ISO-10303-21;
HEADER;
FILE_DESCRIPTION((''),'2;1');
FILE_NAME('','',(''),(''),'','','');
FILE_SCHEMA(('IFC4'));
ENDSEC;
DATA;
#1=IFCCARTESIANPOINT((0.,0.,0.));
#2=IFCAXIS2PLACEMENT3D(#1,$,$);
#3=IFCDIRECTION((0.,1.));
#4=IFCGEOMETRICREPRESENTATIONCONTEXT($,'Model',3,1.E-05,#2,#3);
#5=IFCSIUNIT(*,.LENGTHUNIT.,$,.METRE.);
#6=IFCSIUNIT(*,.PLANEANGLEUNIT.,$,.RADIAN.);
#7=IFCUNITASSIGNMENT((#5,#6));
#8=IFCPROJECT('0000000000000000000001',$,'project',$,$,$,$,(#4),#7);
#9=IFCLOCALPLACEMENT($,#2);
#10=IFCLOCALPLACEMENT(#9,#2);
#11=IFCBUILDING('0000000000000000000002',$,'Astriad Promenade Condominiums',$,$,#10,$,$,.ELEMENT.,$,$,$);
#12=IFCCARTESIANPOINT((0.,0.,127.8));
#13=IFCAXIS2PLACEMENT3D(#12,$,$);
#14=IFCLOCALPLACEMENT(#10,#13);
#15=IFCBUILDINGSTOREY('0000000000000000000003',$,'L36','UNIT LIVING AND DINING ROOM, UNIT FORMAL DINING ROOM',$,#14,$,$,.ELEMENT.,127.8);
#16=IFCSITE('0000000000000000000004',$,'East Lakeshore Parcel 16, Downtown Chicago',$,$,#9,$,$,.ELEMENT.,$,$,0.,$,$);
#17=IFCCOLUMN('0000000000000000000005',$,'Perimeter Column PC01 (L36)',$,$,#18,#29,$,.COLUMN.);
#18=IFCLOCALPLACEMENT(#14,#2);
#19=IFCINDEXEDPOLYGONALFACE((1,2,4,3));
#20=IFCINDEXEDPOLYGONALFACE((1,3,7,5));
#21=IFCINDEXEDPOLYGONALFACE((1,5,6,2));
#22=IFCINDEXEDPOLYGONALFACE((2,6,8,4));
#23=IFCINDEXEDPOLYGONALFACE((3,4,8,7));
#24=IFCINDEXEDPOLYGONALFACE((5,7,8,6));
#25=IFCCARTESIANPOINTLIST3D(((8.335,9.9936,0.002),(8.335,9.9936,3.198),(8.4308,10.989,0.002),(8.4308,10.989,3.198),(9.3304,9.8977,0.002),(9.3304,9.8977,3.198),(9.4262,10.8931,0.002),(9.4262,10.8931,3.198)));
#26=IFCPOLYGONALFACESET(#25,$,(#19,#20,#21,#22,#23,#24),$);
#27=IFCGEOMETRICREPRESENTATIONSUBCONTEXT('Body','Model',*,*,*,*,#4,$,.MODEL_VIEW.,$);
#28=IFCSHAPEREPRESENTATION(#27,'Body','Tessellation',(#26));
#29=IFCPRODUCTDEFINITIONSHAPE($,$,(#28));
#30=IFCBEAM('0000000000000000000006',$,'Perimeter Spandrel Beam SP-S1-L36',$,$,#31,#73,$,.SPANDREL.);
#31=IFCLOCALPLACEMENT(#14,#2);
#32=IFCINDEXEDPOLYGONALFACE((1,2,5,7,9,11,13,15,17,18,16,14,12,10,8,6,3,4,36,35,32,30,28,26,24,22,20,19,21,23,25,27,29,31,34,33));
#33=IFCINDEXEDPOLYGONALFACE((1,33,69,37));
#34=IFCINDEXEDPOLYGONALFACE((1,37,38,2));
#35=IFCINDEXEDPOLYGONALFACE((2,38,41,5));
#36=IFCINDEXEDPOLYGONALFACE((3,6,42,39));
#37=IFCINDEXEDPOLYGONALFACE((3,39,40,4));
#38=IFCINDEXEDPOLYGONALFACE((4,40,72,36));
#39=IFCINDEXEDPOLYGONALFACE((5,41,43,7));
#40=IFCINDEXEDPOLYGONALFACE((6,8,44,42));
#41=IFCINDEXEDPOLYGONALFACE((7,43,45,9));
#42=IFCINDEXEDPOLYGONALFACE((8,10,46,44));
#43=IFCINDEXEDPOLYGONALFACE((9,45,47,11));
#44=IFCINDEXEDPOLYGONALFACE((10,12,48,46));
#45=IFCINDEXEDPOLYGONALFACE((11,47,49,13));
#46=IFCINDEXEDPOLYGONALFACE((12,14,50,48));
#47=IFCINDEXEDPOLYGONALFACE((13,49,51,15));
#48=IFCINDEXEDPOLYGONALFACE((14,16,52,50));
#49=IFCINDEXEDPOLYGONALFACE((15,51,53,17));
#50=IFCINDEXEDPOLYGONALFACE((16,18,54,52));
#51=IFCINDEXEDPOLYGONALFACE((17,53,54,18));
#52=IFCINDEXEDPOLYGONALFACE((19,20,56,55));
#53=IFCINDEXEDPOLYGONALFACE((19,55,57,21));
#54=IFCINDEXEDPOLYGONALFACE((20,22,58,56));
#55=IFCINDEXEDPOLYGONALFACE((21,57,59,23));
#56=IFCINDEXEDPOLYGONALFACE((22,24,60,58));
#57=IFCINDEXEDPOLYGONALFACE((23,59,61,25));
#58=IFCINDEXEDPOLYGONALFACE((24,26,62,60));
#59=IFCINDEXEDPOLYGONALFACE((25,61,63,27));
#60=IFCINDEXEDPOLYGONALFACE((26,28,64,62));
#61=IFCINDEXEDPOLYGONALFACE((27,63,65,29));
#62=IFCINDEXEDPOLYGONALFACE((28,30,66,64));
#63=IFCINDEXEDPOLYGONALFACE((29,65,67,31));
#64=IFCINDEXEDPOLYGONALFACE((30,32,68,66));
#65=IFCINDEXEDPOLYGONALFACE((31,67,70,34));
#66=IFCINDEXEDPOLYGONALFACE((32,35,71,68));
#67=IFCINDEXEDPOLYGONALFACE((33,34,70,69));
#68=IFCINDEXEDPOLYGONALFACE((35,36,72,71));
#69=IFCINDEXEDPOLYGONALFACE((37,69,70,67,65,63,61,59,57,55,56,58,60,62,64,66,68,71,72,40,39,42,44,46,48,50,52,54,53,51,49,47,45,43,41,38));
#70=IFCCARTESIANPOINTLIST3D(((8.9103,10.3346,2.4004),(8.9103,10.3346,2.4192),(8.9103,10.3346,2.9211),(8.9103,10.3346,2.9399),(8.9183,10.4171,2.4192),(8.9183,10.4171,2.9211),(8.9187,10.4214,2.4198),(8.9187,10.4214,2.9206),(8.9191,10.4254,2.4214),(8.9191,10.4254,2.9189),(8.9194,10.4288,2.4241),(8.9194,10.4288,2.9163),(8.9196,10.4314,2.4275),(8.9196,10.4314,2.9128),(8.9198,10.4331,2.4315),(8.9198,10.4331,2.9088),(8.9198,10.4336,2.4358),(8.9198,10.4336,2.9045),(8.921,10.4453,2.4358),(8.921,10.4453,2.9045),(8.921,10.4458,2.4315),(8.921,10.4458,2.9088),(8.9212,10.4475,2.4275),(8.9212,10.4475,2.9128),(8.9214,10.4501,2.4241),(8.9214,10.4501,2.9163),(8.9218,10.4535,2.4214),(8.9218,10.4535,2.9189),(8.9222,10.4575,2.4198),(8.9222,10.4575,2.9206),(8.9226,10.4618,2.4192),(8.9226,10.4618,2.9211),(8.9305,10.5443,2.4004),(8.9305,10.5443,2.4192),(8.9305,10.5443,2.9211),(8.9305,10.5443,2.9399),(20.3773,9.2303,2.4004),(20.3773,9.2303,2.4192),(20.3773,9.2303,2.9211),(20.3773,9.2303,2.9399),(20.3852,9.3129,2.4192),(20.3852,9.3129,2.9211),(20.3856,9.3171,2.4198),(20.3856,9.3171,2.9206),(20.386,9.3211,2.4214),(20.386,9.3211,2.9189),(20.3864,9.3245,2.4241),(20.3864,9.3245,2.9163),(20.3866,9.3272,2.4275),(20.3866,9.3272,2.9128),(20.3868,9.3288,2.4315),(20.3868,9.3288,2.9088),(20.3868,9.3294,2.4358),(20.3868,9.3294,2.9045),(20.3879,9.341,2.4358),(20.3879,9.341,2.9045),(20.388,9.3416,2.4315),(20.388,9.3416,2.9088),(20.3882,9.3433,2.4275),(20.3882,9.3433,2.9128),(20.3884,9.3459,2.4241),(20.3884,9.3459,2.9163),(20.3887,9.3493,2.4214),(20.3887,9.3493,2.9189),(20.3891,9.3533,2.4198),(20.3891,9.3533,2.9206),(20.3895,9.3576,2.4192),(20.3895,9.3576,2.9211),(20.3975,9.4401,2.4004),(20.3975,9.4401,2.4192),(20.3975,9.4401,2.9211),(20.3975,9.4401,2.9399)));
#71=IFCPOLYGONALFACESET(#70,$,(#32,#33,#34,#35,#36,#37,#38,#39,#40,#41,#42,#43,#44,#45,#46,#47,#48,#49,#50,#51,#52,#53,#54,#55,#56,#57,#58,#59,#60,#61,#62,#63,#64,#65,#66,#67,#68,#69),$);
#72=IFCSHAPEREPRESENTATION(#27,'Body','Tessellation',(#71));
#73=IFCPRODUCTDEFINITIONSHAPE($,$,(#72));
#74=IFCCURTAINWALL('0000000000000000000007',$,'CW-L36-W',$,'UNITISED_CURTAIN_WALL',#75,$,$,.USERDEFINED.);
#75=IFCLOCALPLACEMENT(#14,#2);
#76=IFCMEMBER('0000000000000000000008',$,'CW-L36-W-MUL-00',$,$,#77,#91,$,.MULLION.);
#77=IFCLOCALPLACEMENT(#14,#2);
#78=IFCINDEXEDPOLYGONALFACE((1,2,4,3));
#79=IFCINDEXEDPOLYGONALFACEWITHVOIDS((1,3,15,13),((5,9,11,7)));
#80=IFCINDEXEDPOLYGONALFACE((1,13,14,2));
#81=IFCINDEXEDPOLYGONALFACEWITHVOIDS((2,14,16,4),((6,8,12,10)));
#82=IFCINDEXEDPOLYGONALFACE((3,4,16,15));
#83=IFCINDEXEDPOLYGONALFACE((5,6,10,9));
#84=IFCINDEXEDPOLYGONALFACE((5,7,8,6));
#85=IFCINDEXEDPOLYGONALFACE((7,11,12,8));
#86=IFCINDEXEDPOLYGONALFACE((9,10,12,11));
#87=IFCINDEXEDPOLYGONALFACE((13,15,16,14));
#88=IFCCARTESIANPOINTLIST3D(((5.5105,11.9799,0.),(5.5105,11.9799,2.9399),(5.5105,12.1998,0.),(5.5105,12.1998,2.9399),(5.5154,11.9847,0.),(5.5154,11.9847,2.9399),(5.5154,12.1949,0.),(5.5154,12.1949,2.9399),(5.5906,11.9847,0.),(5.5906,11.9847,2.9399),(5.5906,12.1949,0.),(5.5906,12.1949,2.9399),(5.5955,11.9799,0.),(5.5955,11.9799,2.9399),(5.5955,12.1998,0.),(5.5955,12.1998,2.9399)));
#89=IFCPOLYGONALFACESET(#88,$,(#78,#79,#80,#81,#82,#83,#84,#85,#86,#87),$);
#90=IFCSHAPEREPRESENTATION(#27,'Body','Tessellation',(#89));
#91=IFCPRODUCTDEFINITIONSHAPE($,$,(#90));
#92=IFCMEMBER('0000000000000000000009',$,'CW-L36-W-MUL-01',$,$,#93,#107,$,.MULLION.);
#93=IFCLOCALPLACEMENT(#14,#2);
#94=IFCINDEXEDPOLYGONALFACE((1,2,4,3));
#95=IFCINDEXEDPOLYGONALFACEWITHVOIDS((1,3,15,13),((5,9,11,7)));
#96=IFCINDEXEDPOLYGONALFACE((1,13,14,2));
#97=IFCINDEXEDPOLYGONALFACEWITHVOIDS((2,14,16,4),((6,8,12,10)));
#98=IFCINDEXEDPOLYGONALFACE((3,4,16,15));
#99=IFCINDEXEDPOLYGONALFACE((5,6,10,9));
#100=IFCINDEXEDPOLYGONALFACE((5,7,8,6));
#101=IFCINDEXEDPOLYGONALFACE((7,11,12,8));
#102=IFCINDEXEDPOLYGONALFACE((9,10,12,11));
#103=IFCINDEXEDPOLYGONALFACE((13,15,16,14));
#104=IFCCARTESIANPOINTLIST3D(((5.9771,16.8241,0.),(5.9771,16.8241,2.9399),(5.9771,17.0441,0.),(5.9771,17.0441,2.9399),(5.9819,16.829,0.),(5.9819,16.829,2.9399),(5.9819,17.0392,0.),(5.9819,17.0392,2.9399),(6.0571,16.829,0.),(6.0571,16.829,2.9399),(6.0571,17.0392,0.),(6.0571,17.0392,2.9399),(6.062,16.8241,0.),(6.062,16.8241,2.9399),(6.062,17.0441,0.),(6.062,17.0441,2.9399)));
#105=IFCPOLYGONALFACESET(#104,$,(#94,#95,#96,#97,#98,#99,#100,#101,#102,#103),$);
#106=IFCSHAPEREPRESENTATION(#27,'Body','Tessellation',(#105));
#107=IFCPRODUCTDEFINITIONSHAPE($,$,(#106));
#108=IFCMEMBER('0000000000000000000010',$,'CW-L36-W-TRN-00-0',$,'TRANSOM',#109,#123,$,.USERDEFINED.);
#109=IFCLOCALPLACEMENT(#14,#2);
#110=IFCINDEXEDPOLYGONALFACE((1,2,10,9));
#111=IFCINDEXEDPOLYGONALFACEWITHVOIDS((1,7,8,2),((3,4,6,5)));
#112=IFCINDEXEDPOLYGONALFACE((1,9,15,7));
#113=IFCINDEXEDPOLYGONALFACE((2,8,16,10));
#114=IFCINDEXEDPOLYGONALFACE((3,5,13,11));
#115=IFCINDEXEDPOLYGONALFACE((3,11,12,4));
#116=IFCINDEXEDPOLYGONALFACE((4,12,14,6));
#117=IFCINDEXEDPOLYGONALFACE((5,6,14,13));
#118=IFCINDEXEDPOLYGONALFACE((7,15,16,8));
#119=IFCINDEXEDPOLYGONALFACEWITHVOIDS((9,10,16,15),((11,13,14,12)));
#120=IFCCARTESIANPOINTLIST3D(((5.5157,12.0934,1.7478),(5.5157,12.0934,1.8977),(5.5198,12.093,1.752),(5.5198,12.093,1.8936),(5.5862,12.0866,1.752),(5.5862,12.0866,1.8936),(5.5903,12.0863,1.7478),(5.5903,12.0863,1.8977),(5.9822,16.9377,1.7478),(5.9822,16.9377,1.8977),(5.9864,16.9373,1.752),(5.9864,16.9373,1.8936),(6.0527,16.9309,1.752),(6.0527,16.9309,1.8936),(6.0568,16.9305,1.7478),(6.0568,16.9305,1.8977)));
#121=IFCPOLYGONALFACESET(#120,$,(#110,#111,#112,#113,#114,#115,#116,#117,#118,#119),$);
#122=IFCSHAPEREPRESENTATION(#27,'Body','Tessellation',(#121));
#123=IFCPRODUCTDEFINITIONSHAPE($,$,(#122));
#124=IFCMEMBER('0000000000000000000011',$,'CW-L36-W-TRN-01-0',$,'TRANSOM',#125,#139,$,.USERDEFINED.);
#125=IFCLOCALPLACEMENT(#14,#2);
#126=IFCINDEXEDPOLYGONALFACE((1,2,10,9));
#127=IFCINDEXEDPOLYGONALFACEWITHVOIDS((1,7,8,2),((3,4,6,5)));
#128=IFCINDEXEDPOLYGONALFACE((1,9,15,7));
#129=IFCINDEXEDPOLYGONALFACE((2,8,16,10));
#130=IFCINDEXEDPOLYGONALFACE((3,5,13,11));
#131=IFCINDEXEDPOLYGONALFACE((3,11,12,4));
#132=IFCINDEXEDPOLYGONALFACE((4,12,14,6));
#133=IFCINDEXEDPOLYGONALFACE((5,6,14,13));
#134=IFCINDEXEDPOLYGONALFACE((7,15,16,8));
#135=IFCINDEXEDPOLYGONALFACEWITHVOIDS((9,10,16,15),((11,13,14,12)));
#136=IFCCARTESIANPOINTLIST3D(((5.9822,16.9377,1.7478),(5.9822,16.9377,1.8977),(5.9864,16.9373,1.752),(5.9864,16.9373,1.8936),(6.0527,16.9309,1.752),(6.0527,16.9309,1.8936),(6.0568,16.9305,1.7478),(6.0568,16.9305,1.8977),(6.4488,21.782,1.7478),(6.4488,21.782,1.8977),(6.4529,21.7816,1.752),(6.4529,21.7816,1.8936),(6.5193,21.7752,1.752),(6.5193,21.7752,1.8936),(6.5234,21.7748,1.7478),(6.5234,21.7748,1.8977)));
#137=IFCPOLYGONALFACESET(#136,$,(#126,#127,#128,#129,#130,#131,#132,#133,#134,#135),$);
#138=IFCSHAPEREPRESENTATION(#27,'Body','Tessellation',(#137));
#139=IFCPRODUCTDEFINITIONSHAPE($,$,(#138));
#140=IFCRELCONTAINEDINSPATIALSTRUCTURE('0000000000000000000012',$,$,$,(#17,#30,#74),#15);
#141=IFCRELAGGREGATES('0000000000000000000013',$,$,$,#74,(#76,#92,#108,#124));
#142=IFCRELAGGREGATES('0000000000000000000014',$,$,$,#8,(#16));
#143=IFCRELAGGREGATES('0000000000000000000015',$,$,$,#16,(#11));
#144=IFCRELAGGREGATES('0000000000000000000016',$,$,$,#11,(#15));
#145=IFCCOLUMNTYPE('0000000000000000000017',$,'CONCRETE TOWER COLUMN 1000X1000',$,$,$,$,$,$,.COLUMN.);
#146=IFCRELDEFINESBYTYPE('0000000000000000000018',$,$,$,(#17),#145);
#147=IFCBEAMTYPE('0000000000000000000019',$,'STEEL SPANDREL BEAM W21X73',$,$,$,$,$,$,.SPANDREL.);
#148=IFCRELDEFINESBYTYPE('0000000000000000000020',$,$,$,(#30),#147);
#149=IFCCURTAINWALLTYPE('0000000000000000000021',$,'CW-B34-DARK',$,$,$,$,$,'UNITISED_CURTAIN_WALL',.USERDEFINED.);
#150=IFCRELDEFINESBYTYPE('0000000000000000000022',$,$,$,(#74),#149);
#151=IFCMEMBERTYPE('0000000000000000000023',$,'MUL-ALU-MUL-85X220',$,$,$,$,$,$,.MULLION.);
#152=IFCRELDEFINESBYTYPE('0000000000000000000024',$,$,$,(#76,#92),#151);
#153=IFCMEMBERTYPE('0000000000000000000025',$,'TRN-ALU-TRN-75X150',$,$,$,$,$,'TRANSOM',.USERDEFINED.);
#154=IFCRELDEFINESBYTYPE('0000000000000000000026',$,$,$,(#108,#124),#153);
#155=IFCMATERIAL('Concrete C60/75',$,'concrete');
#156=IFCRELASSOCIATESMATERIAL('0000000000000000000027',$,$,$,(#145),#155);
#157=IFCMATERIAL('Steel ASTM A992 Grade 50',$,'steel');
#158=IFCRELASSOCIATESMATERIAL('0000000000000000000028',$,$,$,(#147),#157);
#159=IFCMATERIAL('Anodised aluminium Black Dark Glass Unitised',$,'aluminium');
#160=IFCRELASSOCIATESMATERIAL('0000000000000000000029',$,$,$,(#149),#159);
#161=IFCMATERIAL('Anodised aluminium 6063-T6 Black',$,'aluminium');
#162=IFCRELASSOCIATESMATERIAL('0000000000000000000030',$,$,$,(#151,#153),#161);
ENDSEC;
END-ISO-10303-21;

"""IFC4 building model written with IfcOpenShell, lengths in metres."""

from ifc_helpers import new_model, si_unit, direction, frame, origin, origin_2d, place, context, subcontext, project, spatial, rectangle, hollow_rectangle, i_section, extrude, source, transform, mapped, material, material_profile, profile_set, type_object, type_shapes, element, aggregate, save


model = new_model("IFC4")

# Units and contexts
model_context = context("Model", 3, precision=1e-05, world=origin(), true_north=direction((0.0, 1.0)))
body_context = subcontext(model_context, "Body", "Model", "MODEL_VIEW")
ifc_project = project(units=[si_unit("LENGTHUNIT", "METRE"), si_unit("PLANEANGLEUNIT", "RADIAN")], contexts=[model_context])

# Site, building, storey
site_placement = place(None, origin())
site = spatial("IfcSite", under=ifc_project, at=site_placement, Name="East Lakeshore Parcel 16, Downtown Chicago", CompositionType="ELEMENT", RefElevation=0.0)
building_placement = place(site_placement, origin())
building = spatial("IfcBuilding", under=site, at=building_placement, Name="Astriad Promenade Condominiums", CompositionType="ELEMENT")
storey_placement = place(building_placement, frame((0.0, 0.0, 127.8)))
storey = spatial("IfcBuildingStorey", under=building, at=storey_placement, Name="L36", Description="UNIT LIVING AND DINING ROOM, UNIT FORMAL DINING ROOM", CompositionType="ELEMENT", Elevation=127.8)

# Column
ifc_material_1 = material(Name="Concrete C60/75", Category="concrete")
ifc_material_profile_1 = material_profile(ifc_material_1, rectangle(XDim=1.0, YDim=1.0, at=origin_2d()), Name="RC-COL-1000X1000")
ifc_profile_set_1 = profile_set([ifc_material_profile_1], Name="Concrete C60/75")
column_type = type_object("IfcColumnType", Name="CONCRETE TOWER COLUMN 1000X1000", PredefinedType="COLUMN", material=ifc_profile_set_1)
shared_shape_1 = source(origin(), body_context, "Body", "SweptSolid", [
    extrude(rectangle(XDim=1.0, YDim=1.0, at=origin_2d()), origin(), (0.0, 0.0, 1.0), 3.196),
])
type_shapes(column_type, [shared_shape_1])
column_placement = place(storey_placement, frame((8.8806, 10.4434, 0.002), z_axis=(0.0, 0.0, 1.0), x_axis=(0.995396, -0.095846, 0.0)))
element("IfcColumn", 1, at=column_placement, inside=storey, type_object=column_type, Name="Perimeter Column PC01 (L36)", PredefinedType="COLUMN", context=body_context, shape_type="MappedRepresentation", body=[
    mapped(shared_shape_1, transform((0.0, 0.0, 0.0), scale=1.0)),
])

# Beam
ifc_material_2 = material(Name="Steel ASTM A992 Grade 50", Category="steel")
ifc_material_profile_2 = material_profile(ifc_material_2, i_section(OverallWidth=0.2107, OverallDepth=0.5396, WebThickness=0.0117, FlangeThickness=0.0188, FilletRadius=0.0166, at=origin_2d()), Name="W21X73")
ifc_profile_set_2 = profile_set([ifc_material_profile_2], Name="Steel ASTM A992 Grade 50")
beam_type = type_object("IfcBeamType", Name="STEEL SPANDREL BEAM W21X73", PredefinedType="SPANDREL", material=ifc_profile_set_2)
shared_shape_2 = source(origin(), body_context, "Body", "SweptSolid", [
    extrude(i_section(OverallWidth=0.2107, OverallDepth=0.5396, WebThickness=0.0117, FlangeThickness=0.0188, FilletRadius=0.0166, at=origin_2d()), origin(), (0.0, 0.0, 1.0), 11.52),
])
type_shapes(beam_type, [shared_shape_2])
beam_placement = place(storey_placement, frame((8.9204, 10.4395, 2.6702), z_axis=(0.995395, -0.095854, 0.0), x_axis=(0.095854, 0.995395, 0.0)))
element("IfcBeam", 2, at=beam_placement, inside=storey, type_object=beam_type, Name="Perimeter Spandrel Beam SP-S1-L36", PredefinedType="SPANDREL", context=body_context, shape_type="MappedRepresentation", body=[
    mapped(shared_shape_2, transform((0.0, 0.0, 0.0), scale=1.0)),
])

# Curtain wall, members
ifc_material_3 = material(Name="Anodised aluminium Black Dark Glass Unitised", Category="aluminium")
curtain_wall_type = type_object("IfcCurtainWallType", Name="CW-B34-DARK", ElementType="UNITISED_CURTAIN_WALL", PredefinedType="USERDEFINED", material=ifc_material_3)
curtain_wall_placement = place(storey_placement, origin())
curtain_wall = element("IfcCurtainWall", 3, at=curtain_wall_placement, inside=storey, type_object=curtain_wall_type, Name="CW-L36-W", ObjectType="UNITISED_CURTAIN_WALL", PredefinedType="USERDEFINED")
ifc_material_4 = material(Name="Anodised aluminium 6063-T6 Black", Category="aluminium")
ifc_material_profile_3 = material_profile(ifc_material_4, hollow_rectangle(XDim=0.085, YDim=0.22, WallThickness=0.0049, at=origin_2d()), Name="ALU-MUL-85X220")
ifc_profile_set_3 = profile_set([ifc_material_profile_3], Name="Anodised aluminium 6063-T6 Black")
member_type_1 = type_object("IfcMemberType", Name="MUL-ALU-MUL-85X220", PredefinedType="MULLION", material=ifc_profile_set_3)
shared_shape_3 = source(origin(), body_context, "Body", "SweptSolid", [
    extrude(hollow_rectangle(XDim=0.085, YDim=0.22, WallThickness=0.0049, at=origin_2d()), origin(), (0.0, 0.0, 1.0), 2.9399),
])
type_shapes(member_type_1, [shared_shape_3])
member_1_placement = place(storey_placement, frame((5.553, 12.0898, 0.0), z_axis=(0.0, 0.0, 1.0), x_axis=(1.0, 0.0, 0.0)))
member_1 = element("IfcMember", 4, at=member_1_placement, type_object=member_type_1, Name="CW-L36-W-MUL-00", PredefinedType="MULLION", context=body_context, shape_type="MappedRepresentation", body=[
    mapped(shared_shape_3, transform((0.0, 0.0, 0.0), scale=1.0)),
])
member_2_placement = place(storey_placement, frame((6.0195, 16.9341, 0.0), z_axis=(0.0, 0.0, 1.0), x_axis=(1.0, 0.0, 0.0)))
member_2 = element("IfcMember", 5, at=member_2_placement, type_object=member_type_1, Name="CW-L36-W-MUL-01", PredefinedType="MULLION", context=body_context, shape_type="MappedRepresentation", body=[
    mapped(shared_shape_3, transform((0.0, 0.0, 0.0), scale=1.0)),
])
ifc_material_profile_4 = material_profile(ifc_material_4, hollow_rectangle(XDim=0.075, YDim=0.1499, WallThickness=0.0042, at=origin_2d()), Name="ALU-TRN-75X150")
ifc_profile_set_4 = profile_set([ifc_material_profile_4], Name="Anodised aluminium 6063-T6 Black")
member_type_2 = type_object("IfcMemberType", Name="TRN-ALU-TRN-75X150", ElementType="TRANSOM", PredefinedType="USERDEFINED", material=ifc_profile_set_4)
shared_shape_4 = source(origin(), body_context, "Body", "SweptSolid", [
    extrude(hollow_rectangle(XDim=0.075, YDim=0.1499, WallThickness=0.0042, at=origin_2d()), origin(), (0.0, 0.0, 1.0), 4.8667),
])
type_shapes(member_type_2, [shared_shape_4])
member_3_placement = place(storey_placement, frame((5.553, 12.0898, 1.8228), z_axis=(0.095867, 0.995394, 0.0), x_axis=(-0.995394, 0.095867, 0.0)))
member_3 = element("IfcMember", 6, at=member_3_placement, type_object=member_type_2, Name="CW-L36-W-TRN-00-0", ObjectType="TRANSOM", PredefinedType="USERDEFINED", context=body_context, shape_type="MappedRepresentation", body=[
    mapped(shared_shape_4, transform((0.0, 0.0, 0.0), scale=1.0)),
])
member_4_placement = place(storey_placement, frame((6.0195, 16.9341, 1.8228), z_axis=(0.095867, 0.995394, 0.0), x_axis=(-0.995394, 0.095867, 0.0)))
member_4 = element("IfcMember", 7, at=member_4_placement, type_object=member_type_2, Name="CW-L36-W-TRN-01-0", ObjectType="TRANSOM", PredefinedType="USERDEFINED", context=body_context, shape_type="MappedRepresentation", body=[
    mapped(shared_shape_4, transform((0.0, 0.0, 0.0), scale=1.0)),
])

aggregate(curtain_wall, [member_1, member_2, member_3, member_4])

save(model, "model.ifc")
